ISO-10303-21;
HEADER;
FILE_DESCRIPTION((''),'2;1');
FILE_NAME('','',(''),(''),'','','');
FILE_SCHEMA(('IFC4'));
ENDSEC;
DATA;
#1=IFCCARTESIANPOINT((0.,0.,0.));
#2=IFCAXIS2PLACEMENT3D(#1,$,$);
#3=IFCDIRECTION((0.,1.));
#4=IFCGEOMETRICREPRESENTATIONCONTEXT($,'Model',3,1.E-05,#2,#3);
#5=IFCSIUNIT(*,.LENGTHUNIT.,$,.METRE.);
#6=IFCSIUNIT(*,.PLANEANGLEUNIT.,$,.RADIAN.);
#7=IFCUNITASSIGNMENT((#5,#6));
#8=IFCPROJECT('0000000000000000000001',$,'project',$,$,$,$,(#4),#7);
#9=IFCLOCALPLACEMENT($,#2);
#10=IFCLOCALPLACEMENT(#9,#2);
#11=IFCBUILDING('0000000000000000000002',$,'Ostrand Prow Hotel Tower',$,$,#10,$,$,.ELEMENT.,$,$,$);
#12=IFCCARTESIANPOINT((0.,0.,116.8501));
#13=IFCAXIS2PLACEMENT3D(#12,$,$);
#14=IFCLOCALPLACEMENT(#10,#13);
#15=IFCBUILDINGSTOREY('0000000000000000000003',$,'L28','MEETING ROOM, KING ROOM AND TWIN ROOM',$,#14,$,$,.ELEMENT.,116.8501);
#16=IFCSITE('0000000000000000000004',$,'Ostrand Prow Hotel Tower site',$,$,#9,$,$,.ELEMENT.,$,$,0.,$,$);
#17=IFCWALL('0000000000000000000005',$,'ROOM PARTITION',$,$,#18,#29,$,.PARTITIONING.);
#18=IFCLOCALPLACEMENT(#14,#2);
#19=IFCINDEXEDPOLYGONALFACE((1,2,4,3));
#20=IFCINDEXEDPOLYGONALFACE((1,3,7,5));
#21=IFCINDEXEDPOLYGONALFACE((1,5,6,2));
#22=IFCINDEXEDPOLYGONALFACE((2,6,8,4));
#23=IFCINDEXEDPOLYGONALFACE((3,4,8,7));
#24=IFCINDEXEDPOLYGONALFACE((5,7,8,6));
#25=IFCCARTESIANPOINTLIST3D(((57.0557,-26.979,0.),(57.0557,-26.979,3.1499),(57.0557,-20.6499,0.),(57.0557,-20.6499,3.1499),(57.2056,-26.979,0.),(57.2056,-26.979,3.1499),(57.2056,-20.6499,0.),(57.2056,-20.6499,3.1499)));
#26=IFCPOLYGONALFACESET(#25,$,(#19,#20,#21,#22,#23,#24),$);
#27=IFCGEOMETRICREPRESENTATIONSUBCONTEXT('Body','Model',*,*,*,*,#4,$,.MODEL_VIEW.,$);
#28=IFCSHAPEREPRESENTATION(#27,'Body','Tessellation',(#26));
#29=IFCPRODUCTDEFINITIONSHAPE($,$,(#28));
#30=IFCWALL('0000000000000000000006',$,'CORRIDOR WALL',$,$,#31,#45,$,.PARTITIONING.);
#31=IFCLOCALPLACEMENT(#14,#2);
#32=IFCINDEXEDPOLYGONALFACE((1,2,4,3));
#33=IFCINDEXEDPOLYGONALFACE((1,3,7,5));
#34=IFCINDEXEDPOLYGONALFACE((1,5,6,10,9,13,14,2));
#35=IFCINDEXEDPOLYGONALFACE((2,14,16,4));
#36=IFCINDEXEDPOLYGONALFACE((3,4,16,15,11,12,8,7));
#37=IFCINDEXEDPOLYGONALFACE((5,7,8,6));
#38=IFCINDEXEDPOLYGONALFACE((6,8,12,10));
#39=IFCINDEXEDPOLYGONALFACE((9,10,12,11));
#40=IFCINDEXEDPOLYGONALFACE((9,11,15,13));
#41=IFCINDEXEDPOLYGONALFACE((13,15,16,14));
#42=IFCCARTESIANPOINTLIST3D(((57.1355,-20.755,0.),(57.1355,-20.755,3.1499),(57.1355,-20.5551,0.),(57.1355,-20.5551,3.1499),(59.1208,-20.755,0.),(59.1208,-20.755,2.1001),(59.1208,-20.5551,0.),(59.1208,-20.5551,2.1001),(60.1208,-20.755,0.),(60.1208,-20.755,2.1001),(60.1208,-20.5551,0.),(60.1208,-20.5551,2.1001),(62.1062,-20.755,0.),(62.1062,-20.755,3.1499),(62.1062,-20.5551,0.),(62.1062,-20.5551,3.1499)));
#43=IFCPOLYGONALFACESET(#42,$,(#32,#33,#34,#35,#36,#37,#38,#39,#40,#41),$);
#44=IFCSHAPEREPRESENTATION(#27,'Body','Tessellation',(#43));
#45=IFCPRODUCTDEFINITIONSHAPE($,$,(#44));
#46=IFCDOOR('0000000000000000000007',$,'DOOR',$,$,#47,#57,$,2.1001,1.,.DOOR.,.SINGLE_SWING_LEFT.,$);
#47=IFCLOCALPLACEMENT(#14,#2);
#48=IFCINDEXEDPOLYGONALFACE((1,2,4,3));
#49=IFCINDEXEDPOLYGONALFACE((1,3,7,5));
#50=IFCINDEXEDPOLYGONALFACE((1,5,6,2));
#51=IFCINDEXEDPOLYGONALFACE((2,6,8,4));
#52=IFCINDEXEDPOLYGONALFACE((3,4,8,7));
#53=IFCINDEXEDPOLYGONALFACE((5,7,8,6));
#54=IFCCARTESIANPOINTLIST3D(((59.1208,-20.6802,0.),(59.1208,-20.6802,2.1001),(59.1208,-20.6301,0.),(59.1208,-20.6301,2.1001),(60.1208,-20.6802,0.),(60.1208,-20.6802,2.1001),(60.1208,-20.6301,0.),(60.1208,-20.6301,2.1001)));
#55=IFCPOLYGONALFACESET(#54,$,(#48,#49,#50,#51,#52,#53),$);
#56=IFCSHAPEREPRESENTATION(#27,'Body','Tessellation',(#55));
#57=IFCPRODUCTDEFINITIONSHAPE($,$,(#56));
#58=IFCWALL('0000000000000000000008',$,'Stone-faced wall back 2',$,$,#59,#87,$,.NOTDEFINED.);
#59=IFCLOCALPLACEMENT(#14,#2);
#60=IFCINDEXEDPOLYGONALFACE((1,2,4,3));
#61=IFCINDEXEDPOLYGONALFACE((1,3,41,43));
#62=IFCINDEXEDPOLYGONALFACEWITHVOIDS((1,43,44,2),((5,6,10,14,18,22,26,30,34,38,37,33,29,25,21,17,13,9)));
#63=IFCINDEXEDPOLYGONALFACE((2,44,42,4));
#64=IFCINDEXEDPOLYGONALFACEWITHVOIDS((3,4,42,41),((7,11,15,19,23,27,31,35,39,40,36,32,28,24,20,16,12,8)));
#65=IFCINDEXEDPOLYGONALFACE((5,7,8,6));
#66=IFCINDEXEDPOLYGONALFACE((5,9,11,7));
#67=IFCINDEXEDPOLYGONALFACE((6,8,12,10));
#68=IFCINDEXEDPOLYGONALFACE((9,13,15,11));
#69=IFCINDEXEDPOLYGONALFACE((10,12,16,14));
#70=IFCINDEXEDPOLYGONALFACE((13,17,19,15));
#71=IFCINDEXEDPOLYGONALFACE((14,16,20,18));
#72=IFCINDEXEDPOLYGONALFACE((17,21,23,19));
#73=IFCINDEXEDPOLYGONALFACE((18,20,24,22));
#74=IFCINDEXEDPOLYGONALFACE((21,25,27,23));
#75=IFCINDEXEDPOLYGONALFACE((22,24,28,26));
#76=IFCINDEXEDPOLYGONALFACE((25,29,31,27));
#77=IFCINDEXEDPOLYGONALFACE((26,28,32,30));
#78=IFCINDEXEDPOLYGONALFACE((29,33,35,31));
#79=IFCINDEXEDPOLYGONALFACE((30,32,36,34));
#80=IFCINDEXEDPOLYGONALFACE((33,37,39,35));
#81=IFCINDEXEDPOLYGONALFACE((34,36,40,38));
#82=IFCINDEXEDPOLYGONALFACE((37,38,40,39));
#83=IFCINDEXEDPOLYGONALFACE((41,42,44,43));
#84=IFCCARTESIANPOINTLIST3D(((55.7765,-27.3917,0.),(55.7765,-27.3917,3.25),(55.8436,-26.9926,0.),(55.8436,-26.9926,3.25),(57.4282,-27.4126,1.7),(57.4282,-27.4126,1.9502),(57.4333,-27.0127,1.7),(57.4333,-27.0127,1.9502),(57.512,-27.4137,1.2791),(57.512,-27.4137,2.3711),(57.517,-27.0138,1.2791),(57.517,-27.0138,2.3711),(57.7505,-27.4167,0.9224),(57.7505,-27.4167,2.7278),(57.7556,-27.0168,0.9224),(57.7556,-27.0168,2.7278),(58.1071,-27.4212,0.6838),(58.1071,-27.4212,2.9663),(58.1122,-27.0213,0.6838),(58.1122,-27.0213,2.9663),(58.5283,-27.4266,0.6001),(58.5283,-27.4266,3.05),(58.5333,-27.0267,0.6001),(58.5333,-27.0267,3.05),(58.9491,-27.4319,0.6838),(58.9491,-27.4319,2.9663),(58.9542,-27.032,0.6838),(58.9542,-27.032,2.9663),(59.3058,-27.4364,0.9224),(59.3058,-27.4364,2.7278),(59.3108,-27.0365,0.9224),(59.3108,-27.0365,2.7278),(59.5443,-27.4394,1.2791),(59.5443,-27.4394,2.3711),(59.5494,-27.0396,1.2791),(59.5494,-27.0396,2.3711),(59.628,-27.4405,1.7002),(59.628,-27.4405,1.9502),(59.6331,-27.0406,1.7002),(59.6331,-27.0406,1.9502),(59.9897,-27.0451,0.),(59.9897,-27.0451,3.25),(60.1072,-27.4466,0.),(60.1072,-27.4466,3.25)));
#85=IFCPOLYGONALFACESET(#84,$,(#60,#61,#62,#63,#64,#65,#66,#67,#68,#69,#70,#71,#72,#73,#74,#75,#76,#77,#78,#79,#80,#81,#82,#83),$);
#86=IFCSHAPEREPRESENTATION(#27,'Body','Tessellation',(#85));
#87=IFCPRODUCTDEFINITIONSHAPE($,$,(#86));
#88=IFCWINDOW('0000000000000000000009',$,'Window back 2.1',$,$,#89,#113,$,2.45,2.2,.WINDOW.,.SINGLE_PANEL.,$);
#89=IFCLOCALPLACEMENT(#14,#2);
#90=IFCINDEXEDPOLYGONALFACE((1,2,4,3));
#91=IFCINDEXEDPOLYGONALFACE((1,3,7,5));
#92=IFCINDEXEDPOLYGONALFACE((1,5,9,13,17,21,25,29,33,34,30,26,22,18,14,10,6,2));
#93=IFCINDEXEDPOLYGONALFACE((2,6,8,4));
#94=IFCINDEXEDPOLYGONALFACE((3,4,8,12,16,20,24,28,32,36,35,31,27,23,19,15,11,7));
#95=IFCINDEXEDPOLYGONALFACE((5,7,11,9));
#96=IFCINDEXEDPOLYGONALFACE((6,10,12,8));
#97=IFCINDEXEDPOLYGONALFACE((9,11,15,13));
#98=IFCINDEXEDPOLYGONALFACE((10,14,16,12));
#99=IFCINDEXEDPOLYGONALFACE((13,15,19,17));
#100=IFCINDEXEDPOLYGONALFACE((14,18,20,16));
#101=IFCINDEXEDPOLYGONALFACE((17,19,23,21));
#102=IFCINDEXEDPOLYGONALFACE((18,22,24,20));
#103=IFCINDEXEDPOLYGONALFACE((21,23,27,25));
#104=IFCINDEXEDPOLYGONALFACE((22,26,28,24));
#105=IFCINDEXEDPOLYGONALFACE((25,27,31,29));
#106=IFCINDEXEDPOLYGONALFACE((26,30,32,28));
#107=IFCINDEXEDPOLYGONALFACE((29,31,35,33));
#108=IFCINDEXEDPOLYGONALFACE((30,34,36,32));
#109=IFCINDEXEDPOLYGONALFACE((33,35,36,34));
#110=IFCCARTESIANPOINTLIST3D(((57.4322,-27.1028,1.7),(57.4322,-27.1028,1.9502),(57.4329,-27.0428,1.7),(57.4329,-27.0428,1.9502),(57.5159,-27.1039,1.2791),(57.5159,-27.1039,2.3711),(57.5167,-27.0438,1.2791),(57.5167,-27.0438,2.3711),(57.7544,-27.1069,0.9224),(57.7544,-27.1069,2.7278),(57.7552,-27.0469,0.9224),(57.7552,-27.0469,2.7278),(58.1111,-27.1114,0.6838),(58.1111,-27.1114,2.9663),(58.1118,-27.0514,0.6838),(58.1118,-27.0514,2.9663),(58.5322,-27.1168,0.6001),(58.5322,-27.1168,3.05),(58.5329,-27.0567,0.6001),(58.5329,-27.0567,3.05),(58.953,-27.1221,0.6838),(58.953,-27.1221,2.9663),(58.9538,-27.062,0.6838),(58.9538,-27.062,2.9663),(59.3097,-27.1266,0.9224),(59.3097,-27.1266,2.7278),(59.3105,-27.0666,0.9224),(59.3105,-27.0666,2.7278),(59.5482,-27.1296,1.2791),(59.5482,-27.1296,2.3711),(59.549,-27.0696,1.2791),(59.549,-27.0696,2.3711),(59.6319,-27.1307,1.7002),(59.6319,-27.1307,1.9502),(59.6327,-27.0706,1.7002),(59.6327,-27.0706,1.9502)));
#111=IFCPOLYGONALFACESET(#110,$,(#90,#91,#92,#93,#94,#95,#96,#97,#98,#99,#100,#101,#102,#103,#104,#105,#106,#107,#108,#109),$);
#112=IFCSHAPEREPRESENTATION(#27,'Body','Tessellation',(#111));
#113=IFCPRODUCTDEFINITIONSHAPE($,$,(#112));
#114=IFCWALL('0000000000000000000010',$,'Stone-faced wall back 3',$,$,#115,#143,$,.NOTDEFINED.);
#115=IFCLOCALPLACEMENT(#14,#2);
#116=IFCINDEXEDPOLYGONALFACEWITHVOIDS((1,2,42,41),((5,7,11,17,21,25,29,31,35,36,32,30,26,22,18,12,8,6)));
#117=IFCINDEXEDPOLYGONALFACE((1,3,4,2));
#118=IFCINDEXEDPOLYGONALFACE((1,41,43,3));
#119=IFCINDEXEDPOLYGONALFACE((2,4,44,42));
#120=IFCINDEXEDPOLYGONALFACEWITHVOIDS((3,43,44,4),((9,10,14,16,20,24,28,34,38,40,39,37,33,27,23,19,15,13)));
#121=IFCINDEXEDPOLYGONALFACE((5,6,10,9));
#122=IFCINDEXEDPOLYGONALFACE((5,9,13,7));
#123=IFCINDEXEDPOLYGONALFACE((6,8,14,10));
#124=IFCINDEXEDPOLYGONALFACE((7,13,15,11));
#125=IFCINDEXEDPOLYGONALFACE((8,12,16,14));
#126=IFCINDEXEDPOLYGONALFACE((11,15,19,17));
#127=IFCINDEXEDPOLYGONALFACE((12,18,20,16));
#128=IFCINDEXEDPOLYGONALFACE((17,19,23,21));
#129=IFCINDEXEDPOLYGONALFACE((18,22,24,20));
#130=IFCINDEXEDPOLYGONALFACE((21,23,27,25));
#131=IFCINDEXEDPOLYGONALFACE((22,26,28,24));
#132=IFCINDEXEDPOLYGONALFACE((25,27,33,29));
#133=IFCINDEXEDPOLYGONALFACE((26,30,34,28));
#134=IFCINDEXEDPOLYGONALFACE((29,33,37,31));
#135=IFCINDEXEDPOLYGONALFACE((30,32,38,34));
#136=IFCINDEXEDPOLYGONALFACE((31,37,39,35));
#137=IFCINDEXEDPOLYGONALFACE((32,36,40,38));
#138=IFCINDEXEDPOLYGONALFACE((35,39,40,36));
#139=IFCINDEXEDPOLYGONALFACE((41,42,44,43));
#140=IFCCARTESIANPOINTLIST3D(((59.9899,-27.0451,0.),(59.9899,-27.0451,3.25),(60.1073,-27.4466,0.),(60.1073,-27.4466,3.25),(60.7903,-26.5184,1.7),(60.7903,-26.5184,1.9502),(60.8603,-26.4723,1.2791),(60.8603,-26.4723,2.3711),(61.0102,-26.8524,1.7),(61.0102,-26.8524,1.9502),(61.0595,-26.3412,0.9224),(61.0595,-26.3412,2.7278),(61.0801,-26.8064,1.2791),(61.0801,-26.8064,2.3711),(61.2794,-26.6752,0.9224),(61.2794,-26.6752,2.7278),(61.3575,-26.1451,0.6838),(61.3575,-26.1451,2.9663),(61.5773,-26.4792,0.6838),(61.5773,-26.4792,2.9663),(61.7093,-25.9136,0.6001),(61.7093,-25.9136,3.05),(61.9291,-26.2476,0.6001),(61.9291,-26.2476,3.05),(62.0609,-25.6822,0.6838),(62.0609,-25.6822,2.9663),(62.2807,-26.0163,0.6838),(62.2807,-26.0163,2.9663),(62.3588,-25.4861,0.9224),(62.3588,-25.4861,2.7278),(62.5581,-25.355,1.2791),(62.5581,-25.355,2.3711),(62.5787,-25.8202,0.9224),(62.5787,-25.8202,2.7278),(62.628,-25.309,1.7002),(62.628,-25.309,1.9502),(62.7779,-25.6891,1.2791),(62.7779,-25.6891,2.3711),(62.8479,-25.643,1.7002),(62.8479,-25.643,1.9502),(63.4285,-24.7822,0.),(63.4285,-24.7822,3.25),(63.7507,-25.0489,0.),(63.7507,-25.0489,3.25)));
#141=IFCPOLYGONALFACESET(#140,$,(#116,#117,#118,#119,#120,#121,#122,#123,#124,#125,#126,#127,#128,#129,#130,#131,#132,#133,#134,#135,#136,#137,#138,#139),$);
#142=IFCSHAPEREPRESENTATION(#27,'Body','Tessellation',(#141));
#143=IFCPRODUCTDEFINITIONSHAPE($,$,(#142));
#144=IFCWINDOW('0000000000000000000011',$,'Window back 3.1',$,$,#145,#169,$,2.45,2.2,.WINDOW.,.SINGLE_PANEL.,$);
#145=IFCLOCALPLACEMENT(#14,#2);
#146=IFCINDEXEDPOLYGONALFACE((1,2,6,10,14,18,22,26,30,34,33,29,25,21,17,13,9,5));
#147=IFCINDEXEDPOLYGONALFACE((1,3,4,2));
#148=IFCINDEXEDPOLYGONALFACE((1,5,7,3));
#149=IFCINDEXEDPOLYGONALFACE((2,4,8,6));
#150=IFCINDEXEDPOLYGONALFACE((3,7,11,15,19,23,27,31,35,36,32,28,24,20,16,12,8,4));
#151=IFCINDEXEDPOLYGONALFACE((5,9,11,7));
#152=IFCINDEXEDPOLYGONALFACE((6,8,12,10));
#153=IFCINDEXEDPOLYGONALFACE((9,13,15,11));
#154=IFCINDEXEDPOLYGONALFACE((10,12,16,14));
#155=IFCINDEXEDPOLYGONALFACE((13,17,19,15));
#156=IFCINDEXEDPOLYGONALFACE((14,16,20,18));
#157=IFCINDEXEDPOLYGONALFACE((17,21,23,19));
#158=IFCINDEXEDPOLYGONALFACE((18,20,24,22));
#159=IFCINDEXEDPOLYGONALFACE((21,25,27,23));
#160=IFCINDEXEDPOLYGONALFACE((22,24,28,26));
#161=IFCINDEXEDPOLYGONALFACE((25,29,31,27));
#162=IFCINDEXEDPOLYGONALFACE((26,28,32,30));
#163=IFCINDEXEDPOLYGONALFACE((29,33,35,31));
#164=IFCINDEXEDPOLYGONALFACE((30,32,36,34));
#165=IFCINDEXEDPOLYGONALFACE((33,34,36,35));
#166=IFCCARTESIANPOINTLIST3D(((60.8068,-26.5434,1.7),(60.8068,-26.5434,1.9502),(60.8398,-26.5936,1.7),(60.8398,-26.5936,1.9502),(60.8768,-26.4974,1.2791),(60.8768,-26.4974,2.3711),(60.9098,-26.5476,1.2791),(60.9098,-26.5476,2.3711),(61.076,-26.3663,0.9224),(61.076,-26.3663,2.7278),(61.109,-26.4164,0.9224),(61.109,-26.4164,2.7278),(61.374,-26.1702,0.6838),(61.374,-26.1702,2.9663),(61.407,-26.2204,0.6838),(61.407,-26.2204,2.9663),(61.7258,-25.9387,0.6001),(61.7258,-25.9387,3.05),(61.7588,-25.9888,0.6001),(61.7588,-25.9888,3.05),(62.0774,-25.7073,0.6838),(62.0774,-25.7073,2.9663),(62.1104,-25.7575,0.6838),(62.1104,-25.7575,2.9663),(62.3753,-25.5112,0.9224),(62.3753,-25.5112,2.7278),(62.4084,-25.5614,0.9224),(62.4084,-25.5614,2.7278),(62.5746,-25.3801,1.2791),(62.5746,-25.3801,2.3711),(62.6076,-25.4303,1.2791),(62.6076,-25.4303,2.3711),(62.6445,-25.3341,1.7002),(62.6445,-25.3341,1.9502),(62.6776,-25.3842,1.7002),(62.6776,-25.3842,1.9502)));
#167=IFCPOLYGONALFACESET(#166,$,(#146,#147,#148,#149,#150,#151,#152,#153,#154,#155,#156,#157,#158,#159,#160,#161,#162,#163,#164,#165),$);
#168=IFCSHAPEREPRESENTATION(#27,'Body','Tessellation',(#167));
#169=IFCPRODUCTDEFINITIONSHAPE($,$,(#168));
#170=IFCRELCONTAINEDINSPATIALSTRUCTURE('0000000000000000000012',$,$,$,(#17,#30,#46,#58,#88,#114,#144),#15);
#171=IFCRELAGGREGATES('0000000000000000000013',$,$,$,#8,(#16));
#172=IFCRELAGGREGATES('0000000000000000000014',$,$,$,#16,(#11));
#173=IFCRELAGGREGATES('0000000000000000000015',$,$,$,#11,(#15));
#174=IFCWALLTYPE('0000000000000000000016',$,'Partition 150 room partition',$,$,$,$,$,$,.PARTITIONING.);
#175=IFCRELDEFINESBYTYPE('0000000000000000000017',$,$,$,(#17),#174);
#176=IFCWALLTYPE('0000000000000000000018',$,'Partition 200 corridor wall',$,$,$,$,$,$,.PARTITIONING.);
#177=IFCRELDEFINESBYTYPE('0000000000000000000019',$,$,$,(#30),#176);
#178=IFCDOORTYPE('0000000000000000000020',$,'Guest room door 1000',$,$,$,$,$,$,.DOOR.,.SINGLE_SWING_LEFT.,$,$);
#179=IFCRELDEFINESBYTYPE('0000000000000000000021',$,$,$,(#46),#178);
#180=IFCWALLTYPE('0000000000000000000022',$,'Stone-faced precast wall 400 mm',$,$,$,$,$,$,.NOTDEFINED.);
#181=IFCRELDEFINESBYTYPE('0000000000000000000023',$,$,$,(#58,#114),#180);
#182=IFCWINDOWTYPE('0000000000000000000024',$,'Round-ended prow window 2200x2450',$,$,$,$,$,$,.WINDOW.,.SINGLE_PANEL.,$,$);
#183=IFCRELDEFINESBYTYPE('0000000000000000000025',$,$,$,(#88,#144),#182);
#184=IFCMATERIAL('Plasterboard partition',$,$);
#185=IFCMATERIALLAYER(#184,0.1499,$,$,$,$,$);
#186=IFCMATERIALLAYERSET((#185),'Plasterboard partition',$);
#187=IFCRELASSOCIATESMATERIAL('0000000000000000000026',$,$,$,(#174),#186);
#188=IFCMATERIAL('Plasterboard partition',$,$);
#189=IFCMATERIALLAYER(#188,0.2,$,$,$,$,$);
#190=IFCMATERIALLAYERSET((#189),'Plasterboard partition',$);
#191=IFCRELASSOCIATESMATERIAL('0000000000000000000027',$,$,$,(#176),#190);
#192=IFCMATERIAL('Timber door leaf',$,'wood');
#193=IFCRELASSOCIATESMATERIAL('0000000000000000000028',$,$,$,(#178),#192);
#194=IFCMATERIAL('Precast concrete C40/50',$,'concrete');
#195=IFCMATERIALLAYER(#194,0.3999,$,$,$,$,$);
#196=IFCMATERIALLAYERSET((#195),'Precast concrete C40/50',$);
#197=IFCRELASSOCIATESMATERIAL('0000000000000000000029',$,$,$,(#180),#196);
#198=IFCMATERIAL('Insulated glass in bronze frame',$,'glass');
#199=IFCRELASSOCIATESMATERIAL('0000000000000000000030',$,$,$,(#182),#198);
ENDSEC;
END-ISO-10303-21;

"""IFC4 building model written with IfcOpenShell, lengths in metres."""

from ifc_helpers import new_model, si_unit, direction, frame, frame_2d, origin, place, context, subcontext, project, spatial, polyline, rectangle, outline, extrude, material, layer, layer_set, type_object, element, fill, save


model = new_model("IFC4")

# Units and contexts
model_context = context("Model", 3, precision=1e-05, world=origin(), true_north=direction((0.0, 1.0)))
body_context = subcontext(model_context, "Body", "Model", "MODEL_VIEW")
ifc_project = project(units=[si_unit("LENGTHUNIT", "METRE"), si_unit("PLANEANGLEUNIT", "RADIAN")], contexts=[model_context])

# Site, building, storey
site_placement = place(None, origin())
site = spatial("IfcSite", under=ifc_project, at=site_placement, Name="Ostrand Prow Hotel Tower site", CompositionType="ELEMENT", RefElevation=0.0)
building_placement = place(site_placement, origin())
building = spatial("IfcBuilding", under=site, at=building_placement, Name="Ostrand Prow Hotel Tower", CompositionType="ELEMENT")
storey_placement = place(building_placement, frame((0.0, 0.0, 116.8501)))
storey = spatial("IfcBuildingStorey", under=building, at=storey_placement, Name="L28", Description="MEETING ROOM, KING ROOM AND TWIN ROOM", CompositionType="ELEMENT", Elevation=116.8501)

# Wall
ifc_material_1 = material(Name="Plasterboard partition")
ifc_layer_1 = layer(ifc_material_1, 0.1499)
ifc_layer_set_1 = layer_set([ifc_layer_1], Name="Plasterboard partition")
wall_type_1 = type_object("IfcWallType", Name="Partition 150 room partition", PredefinedType="PARTITIONING", material=ifc_layer_set_1)
wall_1_placement = place(storey_placement, frame((57.1306, -26.979, 0.0), z_axis=(0.0, 0.0, 1.0), x_axis=(0.0, 1.0, 0.0)))
element("IfcWall", 1, at=wall_1_placement, inside=storey, type_object=wall_type_1, Name="ROOM PARTITION", PredefinedType="PARTITIONING", context=body_context, shape_type="SweptSolid", body=[
    extrude(rectangle(XDim=6.3291, YDim=0.1499, at=frame_2d((3.1646, 0.0))), origin(), (0.0, 0.0, 1.0), 3.1499),
])

# Wall, opening, door
ifc_material_2 = material(Name="Plasterboard partition")
ifc_layer_2 = layer(ifc_material_2, 0.2)
ifc_layer_set_2 = layer_set([ifc_layer_2], Name="Plasterboard partition")
wall_type_2 = type_object("IfcWallType", Name="Partition 200 corridor wall", PredefinedType="PARTITIONING", material=ifc_layer_set_2)
wall_2_placement = place(storey_placement, frame((57.1355, -20.655, 0.0), z_axis=(0.0, 0.0, 1.0), x_axis=(1.0, 0.0, 0.0)))
wall_2 = element("IfcWall", 2, at=wall_2_placement, inside=storey, type_object=wall_type_2, Name="CORRIDOR WALL", PredefinedType="PARTITIONING", context=body_context, shape_type="SweptSolid", body=[
    extrude(rectangle(XDim=4.9707, YDim=0.2, at=frame_2d((2.4854, 0.0))), origin(), (0.0, 0.0, 1.0), 3.1499),
])
opening_1_placement = place(wall_2_placement, frame((1.9854, 0.0, 0.0)))
opening_1 = element("IfcOpeningElement", 3, at=opening_1_placement, cuts=wall_2, PredefinedType="OPENING", context=body_context, shape_type="SweptSolid", body=[
    extrude(rectangle(XDim=1.0, YDim=2.1001, at=frame_2d((0.5, 1.05))), frame((0.0, 0.1099, 0.0), z_axis=(0.0, -1.0, 0.0), x_axis=(1.0, 0.0, 0.0)), (0.0, 0.0, 1.0), 0.22),
])
ifc_material_3 = material(Name="Timber door leaf", Category="wood")
door_type_1 = type_object("IfcDoorType", Name="Guest room door 1000", OperationType="SINGLE_SWING_LEFT", PredefinedType="DOOR", material=ifc_material_3)
door_1_placement = place(opening_1_placement, origin())
door_1 = element("IfcDoor", 4, at=door_1_placement, inside=storey, type_object=door_type_1, Name="DOOR", OperationType="SINGLE_SWING_LEFT", OverallHeight=2.1001, OverallWidth=1.0, PredefinedType="DOOR", context=body_context, shape_type="SweptSolid", body=[
    extrude(rectangle(XDim=1.0, YDim=2.1001, at=frame_2d((0.5, 1.05))), frame((0.0, 0.0249, 0.0), z_axis=(0.0, -1.0, 0.0), x_axis=(1.0, 0.0, 0.0)), (0.0, 0.0, 1.0), 0.05),
])
fill(opening_1, door_1)

# Walls, openings, windows
ifc_material_4 = material(Name="Precast concrete C40/50", Category="concrete")
ifc_layer_3 = layer(ifc_material_4, 0.3999)
ifc_layer_set_3 = layer_set([ifc_layer_3], Name="Precast concrete C40/50")
wall_type_3 = type_object("IfcWallType", Name="Stone-faced precast wall 400 mm", PredefinedType="NOTDEFINED", material=ifc_layer_set_3)
wall_3_placement = place(storey_placement, frame((55.8101, -27.1921, 0.0), z_axis=(0.0, 0.0, 1.0), x_axis=(0.99992, -0.012671, 0.0)))
wall_3 = element("IfcWall", 5, at=wall_3_placement, inside=storey, type_object=wall_type_3, Name="Stone-faced wall back 2", PredefinedType="NOTDEFINED", context=body_context, shape_type="SweptSolid", body=[
    extrude(outline(polyline([(-0.031, -0.2), (4.3, -0.2), (4.1775, 0.2), (0.031, 0.2), (-0.031, -0.2)])), origin(), (0.0, 0.0, 1.0), 3.25),
])
opening_2_placement = place(wall_3_placement, frame((1.6208, 0.0, 0.6001)))
opening_2 = element("IfcOpeningElement", 6, at=opening_2_placement, cuts=wall_3, PredefinedType="OPENING", context=body_context, shape_type="SweptSolid", body=[
    extrude(outline(polyline([(0.0, 1.3501), (0.0837, 1.771), (0.3223, 2.1277), (0.679, 2.3662), (1.1001, 2.45), (1.521, 2.3662), (1.8777, 2.1277), (2.1162, 1.771), (2.2, 1.3501), (2.2, 1.1001), (2.1162, 0.679), (1.8777, 0.3223), (1.521, 0.0837), (1.1001, 0.0), (0.679, 0.0837), (0.3223, 0.3223), (0.0837, 0.679), (0.0, 1.0999), (0.0, 1.3501)])), frame((0.0, 0.21, 0.0), z_axis=(0.0, -1.0, 0.0), x_axis=(1.0, 0.0, 0.0)), (0.0, 0.0, 1.0), 0.4199),
])
ifc_material_5 = material(Name="Insulated glass in bronze frame", Category="glass")
window_type_1 = type_object("IfcWindowType", Name="Round-ended prow window 2200x2450", PartitioningType="SINGLE_PANEL", PredefinedType="WINDOW", material=ifc_material_5)
window_1_placement = place(opening_2_placement, origin())
window_1 = element("IfcWindow", 7, at=window_1_placement, inside=storey, type_object=window_type_1, Name="Window back 2.1", OverallHeight=2.45, OverallWidth=2.2, PartitioningType="SINGLE_PANEL", PredefinedType="WINDOW", context=body_context, shape_type="SweptSolid", body=[
    extrude(outline(polyline([(0.0, 1.3501), (0.0837, 1.771), (0.3223, 2.1277), (0.679, 2.3662), (1.1001, 2.45), (1.521, 2.3662), (1.8777, 2.1277), (2.1162, 1.771), (2.2, 1.3501), (2.2, 1.1001), (2.1162, 0.679), (1.8777, 0.3223), (1.521, 0.0837), (1.1001, 0.0), (0.679, 0.0837), (0.3223, 0.3223), (0.0837, 0.679), (0.0, 1.0999), (0.0, 1.3501)])), frame((0.0, 0.1699, 0.0), z_axis=(0.0, -1.0, 0.0), x_axis=(1.0, 0.0, 0.0)), (0.0, 0.0, 1.0), 0.0601),
])
fill(opening_2, window_1)
wall_4_placement = place(storey_placement, frame((60.0486, -27.2458, 0.0), z_axis=(0.0, 0.0, 1.0), x_axis=(0.835341, 0.549733, 0.0)))
wall_4 = element("IfcWall", 8, at=wall_4_placement, inside=storey, type_object=wall_type_3, Name="Stone-faced wall back 3", PredefinedType="NOTDEFINED", context=body_context, shape_type="SweptSolid", body=[
    extrude(outline(polyline([(-0.0613, -0.2), (4.3003, -0.2), (4.1777, 0.2), (0.0613, 0.2), (-0.0613, -0.2)])), origin(), (0.0, 0.0, 1.0), 3.25),
])
opening_3_placement = place(wall_4_placement, frame((1.0195, 0.0, 0.6001)))
opening_3 = element("IfcOpeningElement", 9, at=opening_3_placement, cuts=wall_4, PredefinedType="OPENING", context=body_context, shape_type="SweptSolid", body=[
    extrude(outline(polyline([(0.0, 1.3501), (0.0837, 1.771), (0.3223, 2.1277), (0.679, 2.3662), (1.1001, 2.45), (1.521, 2.3662), (1.8777, 2.1277), (2.1162, 1.771), (2.2, 1.3501), (2.2, 1.1001), (2.1162, 0.679), (1.8777, 0.3223), (1.521, 0.0837), (1.1001, 0.0), (0.679, 0.0837), (0.3223, 0.3223), (0.0837, 0.679), (0.0, 1.0999), (0.0, 1.3501)])), frame((0.0, 0.21, 0.0), z_axis=(0.0, -1.0, 0.0), x_axis=(1.0, 0.0, 0.0)), (0.0, 0.0, 1.0), 0.4199),
])
window_2_placement = place(opening_3_placement, origin())
window_2 = element("IfcWindow", 10, at=window_2_placement, inside=storey, type_object=window_type_1, Name="Window back 3.1", OverallHeight=2.45, OverallWidth=2.2, PartitioningType="SINGLE_PANEL", PredefinedType="WINDOW", context=body_context, shape_type="SweptSolid", body=[
    extrude(outline(polyline([(0.0, 1.3501), (0.0837, 1.771), (0.3223, 2.1277), (0.679, 2.3662), (1.1001, 2.45), (1.521, 2.3662), (1.8777, 2.1277), (2.1162, 1.771), (2.2, 1.3501), (2.2, 1.1001), (2.1162, 0.679), (1.8777, 0.3223), (1.521, 0.0837), (1.1001, 0.0), (0.679, 0.0837), (0.3223, 0.3223), (0.0837, 0.679), (0.0, 1.0999), (0.0, 1.3501)])), frame((0.0, 0.1699, 0.0), z_axis=(0.0, -1.0, 0.0), x_axis=(1.0, 0.0, 0.0)), (0.0, 0.0, 1.0), 0.0601),
])
fill(opening_3, window_2)

save(model, "model.ifc")
